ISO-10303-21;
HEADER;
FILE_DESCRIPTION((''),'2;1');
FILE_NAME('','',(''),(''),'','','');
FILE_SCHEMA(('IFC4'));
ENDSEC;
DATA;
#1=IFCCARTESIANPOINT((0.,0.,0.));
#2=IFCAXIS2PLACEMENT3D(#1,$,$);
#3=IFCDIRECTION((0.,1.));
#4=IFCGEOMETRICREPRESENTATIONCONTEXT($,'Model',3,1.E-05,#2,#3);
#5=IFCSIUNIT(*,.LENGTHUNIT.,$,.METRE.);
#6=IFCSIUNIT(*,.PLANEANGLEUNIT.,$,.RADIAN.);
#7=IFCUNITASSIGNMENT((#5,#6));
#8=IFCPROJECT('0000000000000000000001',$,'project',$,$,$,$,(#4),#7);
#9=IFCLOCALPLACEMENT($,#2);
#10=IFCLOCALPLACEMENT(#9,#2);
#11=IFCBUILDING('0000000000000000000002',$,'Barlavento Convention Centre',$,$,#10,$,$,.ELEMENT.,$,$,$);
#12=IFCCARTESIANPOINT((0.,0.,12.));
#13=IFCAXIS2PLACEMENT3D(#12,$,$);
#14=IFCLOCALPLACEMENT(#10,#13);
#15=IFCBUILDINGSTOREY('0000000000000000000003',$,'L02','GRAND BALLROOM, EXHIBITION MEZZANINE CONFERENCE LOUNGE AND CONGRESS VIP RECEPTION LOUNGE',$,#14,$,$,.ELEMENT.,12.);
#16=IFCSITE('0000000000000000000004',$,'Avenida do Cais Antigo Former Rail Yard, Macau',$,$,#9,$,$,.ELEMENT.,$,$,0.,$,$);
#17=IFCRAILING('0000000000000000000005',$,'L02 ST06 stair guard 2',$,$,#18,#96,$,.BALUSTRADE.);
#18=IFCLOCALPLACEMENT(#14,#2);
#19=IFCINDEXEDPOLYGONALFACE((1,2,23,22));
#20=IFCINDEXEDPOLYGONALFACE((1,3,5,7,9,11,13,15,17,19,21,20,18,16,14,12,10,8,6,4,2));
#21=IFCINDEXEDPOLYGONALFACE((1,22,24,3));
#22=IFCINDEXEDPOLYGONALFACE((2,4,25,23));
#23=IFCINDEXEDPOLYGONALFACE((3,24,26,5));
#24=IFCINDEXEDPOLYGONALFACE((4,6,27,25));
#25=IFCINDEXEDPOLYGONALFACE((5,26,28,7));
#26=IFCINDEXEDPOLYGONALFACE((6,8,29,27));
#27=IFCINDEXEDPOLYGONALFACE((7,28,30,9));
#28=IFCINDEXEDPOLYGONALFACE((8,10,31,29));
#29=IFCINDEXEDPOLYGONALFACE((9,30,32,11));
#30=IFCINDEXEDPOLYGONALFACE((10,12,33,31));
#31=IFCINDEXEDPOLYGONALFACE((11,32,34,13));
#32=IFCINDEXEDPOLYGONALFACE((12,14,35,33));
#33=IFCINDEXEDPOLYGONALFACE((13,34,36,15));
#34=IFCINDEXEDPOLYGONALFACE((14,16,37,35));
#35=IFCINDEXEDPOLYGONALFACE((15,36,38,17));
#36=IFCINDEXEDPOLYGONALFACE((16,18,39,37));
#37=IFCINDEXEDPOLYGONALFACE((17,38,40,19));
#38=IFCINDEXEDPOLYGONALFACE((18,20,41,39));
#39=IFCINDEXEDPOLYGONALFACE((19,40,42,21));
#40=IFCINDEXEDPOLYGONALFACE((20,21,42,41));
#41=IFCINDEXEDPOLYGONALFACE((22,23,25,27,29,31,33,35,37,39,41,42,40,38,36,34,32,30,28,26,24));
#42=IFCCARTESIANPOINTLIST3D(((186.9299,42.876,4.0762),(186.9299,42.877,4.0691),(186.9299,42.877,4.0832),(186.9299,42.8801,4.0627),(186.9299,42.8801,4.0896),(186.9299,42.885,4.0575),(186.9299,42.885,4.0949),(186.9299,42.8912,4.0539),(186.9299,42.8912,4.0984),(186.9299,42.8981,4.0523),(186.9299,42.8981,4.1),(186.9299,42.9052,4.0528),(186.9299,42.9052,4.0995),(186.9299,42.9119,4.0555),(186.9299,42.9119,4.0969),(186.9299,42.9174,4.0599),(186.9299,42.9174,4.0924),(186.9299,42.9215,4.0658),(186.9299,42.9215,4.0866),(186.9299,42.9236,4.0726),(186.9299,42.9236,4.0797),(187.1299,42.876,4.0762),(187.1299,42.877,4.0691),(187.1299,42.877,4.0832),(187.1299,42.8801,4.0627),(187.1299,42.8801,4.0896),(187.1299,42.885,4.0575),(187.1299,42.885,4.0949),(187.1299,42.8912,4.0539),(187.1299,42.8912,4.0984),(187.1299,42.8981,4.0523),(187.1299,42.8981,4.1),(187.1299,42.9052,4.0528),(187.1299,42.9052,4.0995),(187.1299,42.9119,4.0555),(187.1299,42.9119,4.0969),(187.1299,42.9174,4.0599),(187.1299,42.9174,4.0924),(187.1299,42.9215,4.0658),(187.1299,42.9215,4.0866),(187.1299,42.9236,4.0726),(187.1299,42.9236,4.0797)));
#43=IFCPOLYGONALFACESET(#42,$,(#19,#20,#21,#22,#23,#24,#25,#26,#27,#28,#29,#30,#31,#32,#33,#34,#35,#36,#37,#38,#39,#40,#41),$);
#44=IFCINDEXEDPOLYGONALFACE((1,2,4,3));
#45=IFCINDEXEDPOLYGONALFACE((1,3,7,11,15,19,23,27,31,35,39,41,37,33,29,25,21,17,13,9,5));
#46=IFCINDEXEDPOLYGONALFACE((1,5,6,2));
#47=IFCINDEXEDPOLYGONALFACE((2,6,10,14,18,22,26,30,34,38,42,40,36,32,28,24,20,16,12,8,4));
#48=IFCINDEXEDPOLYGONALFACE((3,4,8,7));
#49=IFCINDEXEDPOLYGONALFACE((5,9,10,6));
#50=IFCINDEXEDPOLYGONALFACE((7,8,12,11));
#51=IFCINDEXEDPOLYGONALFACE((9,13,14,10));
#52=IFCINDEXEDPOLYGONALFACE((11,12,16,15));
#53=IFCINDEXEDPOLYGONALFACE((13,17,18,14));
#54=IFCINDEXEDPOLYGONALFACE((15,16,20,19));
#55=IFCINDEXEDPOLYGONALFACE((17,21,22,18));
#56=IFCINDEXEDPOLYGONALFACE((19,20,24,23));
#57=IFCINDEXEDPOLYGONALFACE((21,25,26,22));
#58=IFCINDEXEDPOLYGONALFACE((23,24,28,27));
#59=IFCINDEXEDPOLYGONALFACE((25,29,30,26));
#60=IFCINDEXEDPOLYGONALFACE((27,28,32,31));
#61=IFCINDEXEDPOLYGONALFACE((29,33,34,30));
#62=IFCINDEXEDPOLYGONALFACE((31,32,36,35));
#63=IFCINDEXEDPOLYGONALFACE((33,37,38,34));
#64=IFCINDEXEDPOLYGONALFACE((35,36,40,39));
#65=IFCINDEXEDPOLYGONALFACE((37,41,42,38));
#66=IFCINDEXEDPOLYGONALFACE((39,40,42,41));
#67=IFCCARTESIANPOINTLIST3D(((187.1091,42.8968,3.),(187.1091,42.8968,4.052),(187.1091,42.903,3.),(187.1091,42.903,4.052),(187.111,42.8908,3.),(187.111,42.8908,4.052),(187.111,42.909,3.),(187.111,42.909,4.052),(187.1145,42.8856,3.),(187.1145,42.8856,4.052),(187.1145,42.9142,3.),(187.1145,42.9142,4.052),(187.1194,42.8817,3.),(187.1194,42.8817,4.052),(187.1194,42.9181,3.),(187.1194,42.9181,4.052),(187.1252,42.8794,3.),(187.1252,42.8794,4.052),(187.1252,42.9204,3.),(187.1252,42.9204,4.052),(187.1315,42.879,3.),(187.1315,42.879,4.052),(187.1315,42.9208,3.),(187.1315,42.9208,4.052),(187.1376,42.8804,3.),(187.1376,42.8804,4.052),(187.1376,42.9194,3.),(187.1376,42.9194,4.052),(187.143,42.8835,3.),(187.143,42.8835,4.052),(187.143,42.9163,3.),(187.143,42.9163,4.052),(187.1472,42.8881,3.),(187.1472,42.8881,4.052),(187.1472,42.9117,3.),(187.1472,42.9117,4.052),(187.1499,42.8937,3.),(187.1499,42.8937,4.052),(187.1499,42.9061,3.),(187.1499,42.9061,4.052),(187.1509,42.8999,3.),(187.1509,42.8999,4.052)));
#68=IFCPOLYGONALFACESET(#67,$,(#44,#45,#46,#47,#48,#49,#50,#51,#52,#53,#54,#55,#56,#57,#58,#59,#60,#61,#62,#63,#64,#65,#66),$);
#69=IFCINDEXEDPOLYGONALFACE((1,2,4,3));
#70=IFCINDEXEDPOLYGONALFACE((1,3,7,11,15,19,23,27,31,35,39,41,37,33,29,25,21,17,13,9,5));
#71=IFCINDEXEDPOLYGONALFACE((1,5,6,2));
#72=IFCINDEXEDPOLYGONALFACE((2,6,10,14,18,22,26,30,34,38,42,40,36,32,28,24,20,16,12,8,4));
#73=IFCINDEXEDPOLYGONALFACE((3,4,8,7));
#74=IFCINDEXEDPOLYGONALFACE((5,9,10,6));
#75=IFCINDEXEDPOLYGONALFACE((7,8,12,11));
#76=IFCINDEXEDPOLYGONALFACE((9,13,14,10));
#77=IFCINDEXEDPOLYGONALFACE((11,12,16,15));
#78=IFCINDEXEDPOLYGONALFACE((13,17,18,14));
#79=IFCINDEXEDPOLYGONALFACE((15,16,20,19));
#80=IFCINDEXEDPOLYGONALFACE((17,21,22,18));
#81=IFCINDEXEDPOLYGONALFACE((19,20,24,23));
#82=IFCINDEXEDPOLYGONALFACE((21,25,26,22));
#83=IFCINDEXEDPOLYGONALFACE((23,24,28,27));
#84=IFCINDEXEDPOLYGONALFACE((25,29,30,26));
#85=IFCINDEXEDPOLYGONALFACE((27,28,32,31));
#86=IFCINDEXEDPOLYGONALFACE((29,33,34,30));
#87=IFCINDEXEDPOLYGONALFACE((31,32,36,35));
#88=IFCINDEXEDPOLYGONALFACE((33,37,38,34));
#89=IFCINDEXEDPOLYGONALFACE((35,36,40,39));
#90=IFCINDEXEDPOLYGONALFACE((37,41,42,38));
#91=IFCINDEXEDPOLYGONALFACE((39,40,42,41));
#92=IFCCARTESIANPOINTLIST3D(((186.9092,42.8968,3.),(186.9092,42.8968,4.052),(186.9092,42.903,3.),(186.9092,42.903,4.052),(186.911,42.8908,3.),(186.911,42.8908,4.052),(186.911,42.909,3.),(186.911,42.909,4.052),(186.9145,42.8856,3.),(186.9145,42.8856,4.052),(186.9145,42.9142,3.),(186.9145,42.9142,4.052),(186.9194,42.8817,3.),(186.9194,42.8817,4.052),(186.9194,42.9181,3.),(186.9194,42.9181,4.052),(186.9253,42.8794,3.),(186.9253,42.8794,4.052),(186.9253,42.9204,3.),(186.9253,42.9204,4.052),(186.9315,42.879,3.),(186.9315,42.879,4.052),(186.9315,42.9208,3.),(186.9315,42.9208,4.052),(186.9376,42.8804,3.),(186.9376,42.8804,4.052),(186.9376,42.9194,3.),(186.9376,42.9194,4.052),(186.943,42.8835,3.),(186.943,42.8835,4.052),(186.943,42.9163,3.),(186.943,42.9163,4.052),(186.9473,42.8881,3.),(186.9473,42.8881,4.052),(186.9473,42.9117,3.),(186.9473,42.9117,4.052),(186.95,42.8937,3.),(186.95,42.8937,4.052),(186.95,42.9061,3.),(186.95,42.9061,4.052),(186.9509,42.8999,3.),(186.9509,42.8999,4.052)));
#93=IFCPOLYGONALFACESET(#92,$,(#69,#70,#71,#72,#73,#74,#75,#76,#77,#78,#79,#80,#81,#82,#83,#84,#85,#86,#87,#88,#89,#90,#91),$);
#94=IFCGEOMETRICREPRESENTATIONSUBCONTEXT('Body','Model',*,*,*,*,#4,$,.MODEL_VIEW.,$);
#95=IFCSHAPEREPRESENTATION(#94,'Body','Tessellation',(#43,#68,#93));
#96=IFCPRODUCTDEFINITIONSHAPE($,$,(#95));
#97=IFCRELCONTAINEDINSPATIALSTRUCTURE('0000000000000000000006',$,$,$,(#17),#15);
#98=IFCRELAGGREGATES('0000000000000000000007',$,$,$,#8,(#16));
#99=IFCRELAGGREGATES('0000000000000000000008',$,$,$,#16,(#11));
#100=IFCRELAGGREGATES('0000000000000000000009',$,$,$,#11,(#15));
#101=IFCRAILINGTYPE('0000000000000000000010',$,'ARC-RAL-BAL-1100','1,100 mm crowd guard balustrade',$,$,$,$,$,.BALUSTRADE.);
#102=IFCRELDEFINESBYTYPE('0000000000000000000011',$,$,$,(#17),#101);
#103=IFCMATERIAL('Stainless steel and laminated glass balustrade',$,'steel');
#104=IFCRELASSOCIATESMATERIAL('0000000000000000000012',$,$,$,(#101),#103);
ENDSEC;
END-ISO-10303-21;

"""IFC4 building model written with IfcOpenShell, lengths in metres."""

from ifc_helpers import new_model, si_unit, direction, frame, origin, origin_2d, place, context, subcontext, project, spatial, circle, extrude, material, type_object, element, save


model = new_model("IFC4")

# Units and contexts
model_context = context("Model", 3, precision=1e-05, world=origin(), true_north=direction((0.0, 1.0)))
body_context = subcontext(model_context, "Body", "Model", "MODEL_VIEW")
ifc_project = project(units=[si_unit("LENGTHUNIT", "METRE"), si_unit("PLANEANGLEUNIT", "RADIAN")], contexts=[model_context])

# Site, building, storey
site_placement = place(None, origin())
site = spatial("IfcSite", under=ifc_project, at=site_placement, Name="Avenida do Cais Antigo Former Rail Yard, Macau", CompositionType="ELEMENT", RefElevation=0.0)
building_placement = place(site_placement, origin())
building = spatial("IfcBuilding", under=site, at=building_placement, Name="Barlavento Convention Centre", CompositionType="ELEMENT")
storey_placement = place(building_placement, frame((0.0, 0.0, 12.0)))
storey = spatial("IfcBuildingStorey", under=building, at=storey_placement, Name="L02", Description="GRAND BALLROOM, EXHIBITION MEZZANINE CONFERENCE LOUNGE AND CONGRESS VIP RECEPTION LOUNGE", CompositionType="ELEMENT", Elevation=12.0)

# Railing
ifc_material_1 = material(Name="Stainless steel and laminated glass balustrade", Category="steel")
railing_type_1 = type_object("IfcRailingType", Name="ARC-RAL-BAL-1100", Description="1,100 mm crowd guard balustrade", PredefinedType="BALUSTRADE", material=ifc_material_1)
railing_1_placement = place(storey_placement, frame((187.1299, 42.8999, 3.0)))
element("IfcRailing", 1, at=railing_1_placement, inside=storey, type_object=railing_type_1, Name="L02 ST06 stair guard 2", PredefinedType="BALUSTRADE", context=body_context, shape_type="SweptSolid", body=[
    extrude(circle(Radius=0.0239, at=origin_2d()), frame((0.0, 0.0, 1.0762), z_axis=(-1.0, 0.0, 0.0), x_axis=(0.0, -1.0, 0.0)), (0.0, 0.0, 1.0), 0.2),
    extrude(circle(Radius=0.021, at=origin_2d()), origin(), (0.0, 0.0, 1.0), 1.052),
    extrude(circle(Radius=0.021, at=origin_2d()), frame((-0.2, 0.0, 0.0)), (0.0, 0.0, 1.0), 1.052),
])

save(model, "model.ifc")
